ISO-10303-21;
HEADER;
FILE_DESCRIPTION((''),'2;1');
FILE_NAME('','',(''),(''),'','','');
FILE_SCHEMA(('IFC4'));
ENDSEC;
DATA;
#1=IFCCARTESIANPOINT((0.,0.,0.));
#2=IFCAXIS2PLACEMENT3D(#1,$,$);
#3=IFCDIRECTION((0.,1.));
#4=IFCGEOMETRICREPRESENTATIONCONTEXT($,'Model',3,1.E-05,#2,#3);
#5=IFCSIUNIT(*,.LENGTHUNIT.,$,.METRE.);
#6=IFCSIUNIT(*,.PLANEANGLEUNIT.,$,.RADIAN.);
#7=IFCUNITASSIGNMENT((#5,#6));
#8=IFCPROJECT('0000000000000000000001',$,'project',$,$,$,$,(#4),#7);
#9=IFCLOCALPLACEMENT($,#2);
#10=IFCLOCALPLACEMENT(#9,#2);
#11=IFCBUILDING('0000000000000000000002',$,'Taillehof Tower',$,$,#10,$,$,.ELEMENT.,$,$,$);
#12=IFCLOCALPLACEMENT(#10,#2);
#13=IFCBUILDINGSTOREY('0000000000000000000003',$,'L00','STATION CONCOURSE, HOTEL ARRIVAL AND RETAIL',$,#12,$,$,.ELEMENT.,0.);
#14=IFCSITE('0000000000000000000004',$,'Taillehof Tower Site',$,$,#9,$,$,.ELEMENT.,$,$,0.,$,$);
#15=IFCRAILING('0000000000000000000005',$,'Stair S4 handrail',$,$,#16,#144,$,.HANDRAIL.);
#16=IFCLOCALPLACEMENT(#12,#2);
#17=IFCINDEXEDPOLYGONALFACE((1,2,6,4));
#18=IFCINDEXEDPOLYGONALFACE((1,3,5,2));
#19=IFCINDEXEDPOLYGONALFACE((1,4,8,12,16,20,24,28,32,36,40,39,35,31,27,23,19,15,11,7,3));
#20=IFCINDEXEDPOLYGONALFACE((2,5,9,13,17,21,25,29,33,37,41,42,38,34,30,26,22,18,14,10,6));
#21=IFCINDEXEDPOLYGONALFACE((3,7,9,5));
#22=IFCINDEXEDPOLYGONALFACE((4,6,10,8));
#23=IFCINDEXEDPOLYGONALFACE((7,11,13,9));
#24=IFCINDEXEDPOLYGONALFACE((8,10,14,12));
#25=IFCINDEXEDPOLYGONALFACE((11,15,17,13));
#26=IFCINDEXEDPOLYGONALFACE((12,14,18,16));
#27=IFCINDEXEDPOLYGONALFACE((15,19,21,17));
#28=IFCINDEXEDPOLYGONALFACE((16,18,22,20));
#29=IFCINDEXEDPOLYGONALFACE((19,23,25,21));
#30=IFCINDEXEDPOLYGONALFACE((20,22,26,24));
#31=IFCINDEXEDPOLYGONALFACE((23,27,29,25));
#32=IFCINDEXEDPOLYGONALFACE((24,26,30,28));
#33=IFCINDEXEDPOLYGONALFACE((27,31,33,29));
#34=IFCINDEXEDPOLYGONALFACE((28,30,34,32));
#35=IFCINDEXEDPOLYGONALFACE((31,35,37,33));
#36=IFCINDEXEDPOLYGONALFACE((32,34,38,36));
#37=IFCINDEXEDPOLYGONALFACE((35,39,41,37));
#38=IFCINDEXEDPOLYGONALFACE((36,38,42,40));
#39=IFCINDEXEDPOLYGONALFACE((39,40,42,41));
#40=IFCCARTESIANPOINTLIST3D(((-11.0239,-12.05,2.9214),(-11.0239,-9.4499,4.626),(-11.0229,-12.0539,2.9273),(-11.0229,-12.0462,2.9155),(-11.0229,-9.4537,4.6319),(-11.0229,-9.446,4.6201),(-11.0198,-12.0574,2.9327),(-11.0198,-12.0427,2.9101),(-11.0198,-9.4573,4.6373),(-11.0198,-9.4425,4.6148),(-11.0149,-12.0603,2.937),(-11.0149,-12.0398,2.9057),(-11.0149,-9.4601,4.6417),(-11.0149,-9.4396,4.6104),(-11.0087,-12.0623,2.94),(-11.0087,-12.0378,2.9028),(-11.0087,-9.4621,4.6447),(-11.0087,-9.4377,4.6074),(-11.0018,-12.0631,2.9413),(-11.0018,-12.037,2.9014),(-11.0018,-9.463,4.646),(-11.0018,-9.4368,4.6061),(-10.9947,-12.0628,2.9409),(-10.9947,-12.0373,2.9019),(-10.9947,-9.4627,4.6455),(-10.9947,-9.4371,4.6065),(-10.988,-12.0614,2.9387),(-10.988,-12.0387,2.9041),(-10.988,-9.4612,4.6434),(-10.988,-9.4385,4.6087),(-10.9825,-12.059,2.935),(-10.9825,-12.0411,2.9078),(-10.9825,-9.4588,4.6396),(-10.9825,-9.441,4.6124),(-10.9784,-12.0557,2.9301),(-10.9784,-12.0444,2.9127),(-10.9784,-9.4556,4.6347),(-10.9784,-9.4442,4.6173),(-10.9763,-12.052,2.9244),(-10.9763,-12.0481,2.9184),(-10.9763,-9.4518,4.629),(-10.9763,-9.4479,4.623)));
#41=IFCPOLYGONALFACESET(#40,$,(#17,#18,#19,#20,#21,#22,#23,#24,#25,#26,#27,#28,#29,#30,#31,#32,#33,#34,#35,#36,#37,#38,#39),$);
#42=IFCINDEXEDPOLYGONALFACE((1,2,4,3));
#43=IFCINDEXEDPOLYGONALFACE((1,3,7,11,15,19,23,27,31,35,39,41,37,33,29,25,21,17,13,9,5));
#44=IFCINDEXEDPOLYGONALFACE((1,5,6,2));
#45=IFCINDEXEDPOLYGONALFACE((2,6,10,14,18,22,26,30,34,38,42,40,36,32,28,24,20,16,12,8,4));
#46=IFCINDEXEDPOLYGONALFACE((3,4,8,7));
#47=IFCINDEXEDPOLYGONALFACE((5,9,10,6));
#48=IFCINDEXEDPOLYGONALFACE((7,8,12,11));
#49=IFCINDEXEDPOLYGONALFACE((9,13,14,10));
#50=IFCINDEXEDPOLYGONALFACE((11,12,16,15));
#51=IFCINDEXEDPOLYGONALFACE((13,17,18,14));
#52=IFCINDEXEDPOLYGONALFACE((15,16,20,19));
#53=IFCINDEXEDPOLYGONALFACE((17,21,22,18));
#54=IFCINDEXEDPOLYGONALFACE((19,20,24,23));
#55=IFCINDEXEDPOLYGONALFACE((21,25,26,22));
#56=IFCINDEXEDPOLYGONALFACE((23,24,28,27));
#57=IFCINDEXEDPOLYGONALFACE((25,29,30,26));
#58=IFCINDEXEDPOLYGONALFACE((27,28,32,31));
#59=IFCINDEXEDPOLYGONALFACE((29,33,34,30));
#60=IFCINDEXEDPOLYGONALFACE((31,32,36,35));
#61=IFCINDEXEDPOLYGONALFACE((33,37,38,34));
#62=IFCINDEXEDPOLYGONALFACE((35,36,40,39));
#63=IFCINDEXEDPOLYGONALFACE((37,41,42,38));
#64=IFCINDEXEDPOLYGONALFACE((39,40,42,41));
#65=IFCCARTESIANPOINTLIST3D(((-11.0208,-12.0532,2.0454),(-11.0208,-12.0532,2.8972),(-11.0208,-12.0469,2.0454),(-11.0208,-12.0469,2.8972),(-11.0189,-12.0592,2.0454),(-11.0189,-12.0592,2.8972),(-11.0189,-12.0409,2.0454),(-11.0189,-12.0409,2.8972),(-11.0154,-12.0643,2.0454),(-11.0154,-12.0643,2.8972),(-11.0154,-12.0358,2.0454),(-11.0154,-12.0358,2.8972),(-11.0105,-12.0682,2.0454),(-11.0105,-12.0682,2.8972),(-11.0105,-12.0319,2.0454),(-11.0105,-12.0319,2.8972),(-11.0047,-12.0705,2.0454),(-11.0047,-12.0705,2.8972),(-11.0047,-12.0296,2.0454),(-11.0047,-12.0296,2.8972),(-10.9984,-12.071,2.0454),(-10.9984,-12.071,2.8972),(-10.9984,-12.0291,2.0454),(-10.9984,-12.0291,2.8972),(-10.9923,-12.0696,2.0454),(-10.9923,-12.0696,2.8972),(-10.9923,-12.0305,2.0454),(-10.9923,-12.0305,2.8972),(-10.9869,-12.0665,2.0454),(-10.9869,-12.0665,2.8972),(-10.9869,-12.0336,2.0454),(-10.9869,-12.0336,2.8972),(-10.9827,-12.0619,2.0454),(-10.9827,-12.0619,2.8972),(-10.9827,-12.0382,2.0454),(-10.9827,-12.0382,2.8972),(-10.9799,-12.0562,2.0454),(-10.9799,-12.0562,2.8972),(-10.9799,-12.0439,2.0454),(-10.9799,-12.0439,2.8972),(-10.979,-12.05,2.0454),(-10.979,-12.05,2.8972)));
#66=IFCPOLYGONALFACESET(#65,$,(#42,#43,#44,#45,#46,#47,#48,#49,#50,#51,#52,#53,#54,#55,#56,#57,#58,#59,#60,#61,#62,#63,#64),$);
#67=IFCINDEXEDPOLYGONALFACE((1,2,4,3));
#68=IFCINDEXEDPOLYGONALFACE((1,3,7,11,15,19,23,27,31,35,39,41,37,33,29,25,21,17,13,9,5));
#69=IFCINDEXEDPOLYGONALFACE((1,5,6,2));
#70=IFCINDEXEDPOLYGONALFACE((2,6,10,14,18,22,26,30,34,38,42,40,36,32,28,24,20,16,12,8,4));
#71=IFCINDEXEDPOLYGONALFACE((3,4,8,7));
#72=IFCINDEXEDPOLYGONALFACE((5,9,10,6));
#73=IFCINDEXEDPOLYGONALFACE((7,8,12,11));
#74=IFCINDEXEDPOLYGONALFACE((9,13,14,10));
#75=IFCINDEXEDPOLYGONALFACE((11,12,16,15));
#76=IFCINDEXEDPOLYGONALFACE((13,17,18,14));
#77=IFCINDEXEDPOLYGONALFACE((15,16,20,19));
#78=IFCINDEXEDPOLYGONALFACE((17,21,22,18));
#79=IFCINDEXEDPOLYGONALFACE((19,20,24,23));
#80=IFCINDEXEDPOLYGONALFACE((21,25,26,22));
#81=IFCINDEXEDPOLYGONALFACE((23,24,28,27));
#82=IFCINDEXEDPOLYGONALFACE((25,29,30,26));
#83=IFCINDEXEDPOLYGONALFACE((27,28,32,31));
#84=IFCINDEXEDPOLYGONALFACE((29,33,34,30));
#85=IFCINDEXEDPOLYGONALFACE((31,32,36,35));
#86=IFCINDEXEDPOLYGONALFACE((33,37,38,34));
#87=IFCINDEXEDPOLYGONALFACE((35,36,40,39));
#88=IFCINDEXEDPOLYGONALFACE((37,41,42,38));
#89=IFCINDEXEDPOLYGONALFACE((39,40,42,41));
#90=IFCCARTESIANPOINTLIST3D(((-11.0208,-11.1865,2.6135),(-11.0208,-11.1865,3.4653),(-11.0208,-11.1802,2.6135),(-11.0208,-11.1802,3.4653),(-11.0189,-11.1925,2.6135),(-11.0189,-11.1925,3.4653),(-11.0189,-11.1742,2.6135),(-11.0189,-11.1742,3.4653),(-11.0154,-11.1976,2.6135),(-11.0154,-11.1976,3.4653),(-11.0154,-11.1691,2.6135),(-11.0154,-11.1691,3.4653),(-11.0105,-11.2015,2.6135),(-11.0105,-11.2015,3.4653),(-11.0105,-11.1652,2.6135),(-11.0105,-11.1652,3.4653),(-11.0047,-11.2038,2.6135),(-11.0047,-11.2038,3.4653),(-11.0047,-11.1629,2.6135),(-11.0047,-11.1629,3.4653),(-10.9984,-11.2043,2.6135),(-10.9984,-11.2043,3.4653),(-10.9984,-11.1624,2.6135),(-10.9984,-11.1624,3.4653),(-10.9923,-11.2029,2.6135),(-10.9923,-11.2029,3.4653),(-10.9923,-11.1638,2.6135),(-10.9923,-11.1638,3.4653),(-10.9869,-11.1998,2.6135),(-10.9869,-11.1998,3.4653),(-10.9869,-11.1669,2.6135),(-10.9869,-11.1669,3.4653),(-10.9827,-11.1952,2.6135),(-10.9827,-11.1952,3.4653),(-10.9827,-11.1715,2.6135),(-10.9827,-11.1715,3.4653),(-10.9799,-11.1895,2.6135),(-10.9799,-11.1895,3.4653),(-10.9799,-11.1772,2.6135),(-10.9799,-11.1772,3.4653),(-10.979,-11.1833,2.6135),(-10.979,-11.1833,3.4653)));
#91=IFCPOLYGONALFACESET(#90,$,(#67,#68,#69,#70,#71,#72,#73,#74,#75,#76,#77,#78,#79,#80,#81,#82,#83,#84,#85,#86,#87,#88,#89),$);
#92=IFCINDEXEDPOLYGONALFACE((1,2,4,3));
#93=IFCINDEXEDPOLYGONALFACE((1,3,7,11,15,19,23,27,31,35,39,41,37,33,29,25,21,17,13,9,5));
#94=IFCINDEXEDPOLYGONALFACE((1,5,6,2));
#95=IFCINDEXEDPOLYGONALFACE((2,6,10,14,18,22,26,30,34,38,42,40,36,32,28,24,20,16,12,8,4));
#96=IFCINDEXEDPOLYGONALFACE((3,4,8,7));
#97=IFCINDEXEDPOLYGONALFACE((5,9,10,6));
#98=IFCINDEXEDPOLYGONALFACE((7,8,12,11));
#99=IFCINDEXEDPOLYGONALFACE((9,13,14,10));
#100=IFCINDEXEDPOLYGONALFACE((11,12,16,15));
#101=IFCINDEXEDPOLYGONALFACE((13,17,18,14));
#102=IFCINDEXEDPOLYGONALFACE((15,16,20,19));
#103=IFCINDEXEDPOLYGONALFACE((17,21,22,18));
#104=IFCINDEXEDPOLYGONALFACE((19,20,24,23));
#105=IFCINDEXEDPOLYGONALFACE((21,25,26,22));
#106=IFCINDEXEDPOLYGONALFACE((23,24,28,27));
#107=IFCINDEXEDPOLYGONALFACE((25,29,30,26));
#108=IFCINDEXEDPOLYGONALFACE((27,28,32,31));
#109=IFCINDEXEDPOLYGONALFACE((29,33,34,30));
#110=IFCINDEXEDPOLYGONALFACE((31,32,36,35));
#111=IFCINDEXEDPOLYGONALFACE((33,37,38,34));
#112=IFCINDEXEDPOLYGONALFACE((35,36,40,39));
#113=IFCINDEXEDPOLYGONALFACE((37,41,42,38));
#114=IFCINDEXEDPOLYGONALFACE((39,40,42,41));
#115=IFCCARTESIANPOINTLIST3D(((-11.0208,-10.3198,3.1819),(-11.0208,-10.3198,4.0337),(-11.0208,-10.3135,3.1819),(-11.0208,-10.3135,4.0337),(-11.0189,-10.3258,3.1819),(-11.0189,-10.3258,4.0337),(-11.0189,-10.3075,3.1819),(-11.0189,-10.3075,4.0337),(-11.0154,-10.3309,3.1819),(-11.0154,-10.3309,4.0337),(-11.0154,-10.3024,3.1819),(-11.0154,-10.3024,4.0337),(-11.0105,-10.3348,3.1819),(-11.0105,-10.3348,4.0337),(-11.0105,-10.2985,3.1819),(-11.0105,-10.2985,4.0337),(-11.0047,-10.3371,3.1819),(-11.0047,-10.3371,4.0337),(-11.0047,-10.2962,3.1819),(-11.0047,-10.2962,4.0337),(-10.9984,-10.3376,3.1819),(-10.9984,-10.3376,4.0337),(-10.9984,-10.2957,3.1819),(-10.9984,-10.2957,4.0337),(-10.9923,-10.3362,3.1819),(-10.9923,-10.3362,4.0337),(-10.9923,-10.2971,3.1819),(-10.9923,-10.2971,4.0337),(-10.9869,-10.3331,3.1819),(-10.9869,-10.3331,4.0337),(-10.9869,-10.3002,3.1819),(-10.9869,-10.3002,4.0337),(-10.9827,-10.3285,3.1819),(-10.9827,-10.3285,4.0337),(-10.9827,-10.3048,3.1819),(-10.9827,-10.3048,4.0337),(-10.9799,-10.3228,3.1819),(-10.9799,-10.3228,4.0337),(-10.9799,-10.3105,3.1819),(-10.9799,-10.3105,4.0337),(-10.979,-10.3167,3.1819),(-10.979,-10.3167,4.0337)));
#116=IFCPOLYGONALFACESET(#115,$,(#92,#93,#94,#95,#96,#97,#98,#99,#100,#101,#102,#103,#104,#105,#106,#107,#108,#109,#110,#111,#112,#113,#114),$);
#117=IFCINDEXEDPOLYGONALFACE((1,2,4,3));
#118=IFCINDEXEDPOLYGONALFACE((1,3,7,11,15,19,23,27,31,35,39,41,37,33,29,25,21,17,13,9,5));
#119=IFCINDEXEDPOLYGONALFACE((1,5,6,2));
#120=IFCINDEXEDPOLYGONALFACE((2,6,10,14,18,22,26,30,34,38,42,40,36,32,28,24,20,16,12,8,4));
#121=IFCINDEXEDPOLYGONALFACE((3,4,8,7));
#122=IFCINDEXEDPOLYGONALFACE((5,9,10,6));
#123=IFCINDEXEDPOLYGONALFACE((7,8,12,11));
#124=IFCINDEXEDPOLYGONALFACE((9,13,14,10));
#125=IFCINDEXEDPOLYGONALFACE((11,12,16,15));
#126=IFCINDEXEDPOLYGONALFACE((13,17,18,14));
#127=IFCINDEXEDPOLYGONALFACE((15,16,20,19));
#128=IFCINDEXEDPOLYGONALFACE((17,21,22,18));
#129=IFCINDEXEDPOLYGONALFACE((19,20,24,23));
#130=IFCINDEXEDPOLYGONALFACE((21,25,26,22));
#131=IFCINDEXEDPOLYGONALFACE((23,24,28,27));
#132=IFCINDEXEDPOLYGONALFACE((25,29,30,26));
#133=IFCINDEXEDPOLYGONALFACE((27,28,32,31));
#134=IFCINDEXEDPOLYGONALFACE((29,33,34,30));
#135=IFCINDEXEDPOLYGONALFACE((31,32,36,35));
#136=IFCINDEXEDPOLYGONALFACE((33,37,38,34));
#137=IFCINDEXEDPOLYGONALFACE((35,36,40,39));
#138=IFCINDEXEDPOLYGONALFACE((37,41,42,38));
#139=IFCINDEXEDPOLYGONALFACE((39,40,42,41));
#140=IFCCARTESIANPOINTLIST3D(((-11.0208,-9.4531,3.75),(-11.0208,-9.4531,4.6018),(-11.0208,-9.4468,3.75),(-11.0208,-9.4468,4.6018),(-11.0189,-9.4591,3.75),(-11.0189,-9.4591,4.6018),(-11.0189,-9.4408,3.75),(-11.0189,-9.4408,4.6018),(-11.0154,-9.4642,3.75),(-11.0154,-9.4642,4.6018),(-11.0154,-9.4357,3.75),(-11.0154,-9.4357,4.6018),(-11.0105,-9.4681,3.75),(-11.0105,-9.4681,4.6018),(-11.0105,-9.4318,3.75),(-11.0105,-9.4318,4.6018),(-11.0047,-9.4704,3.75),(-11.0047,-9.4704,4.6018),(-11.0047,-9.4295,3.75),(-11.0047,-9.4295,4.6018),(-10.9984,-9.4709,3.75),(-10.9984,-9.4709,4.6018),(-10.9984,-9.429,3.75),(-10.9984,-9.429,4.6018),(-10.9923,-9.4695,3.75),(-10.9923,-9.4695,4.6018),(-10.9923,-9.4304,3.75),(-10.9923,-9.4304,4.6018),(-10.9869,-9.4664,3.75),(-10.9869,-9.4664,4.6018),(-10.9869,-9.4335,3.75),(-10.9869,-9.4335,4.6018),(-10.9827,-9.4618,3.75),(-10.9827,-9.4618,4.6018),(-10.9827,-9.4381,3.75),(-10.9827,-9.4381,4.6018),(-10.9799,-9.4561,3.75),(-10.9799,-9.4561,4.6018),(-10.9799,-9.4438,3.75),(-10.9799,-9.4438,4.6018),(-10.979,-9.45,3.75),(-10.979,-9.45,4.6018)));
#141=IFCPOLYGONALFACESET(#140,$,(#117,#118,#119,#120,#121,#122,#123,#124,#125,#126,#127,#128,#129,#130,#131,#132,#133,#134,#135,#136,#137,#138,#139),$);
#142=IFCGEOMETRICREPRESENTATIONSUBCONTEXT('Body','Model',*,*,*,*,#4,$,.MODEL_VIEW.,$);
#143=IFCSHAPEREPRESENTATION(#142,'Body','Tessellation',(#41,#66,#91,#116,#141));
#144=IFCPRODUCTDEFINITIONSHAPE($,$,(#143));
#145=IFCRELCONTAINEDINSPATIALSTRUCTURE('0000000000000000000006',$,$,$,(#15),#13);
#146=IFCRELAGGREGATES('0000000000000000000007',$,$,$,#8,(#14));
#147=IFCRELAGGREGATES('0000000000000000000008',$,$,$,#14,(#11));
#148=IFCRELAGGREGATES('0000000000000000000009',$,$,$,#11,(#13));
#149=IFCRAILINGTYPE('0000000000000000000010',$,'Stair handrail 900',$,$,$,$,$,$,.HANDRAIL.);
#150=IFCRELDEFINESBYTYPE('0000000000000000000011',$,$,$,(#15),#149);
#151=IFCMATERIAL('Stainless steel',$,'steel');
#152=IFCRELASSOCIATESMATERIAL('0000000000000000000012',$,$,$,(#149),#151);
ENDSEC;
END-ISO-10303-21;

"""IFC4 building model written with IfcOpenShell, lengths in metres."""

from ifc_helpers import new_model, si_unit, direction, frame, origin, origin_2d, place, context, subcontext, project, spatial, circle, extrude, material, type_object, element, save


model = new_model("IFC4")

# Units and contexts
model_context = context("Model", 3, precision=1e-05, world=origin(), true_north=direction((0.0, 1.0)))
body_context = subcontext(model_context, "Body", "Model", "MODEL_VIEW")
ifc_project = project(units=[si_unit("LENGTHUNIT", "METRE"), si_unit("PLANEANGLEUNIT", "RADIAN")], contexts=[model_context])

# Site, building, storey
site_placement = place(None, origin())
site = spatial("IfcSite", under=ifc_project, at=site_placement, Name="Taillehof Tower Site", CompositionType="ELEMENT", RefElevation=0.0)
building_placement = place(site_placement, origin())
building = spatial("IfcBuilding", under=site, at=building_placement, Name="Taillehof Tower", CompositionType="ELEMENT")
storey_placement = place(building_placement, origin())
storey = spatial("IfcBuildingStorey", under=building, at=storey_placement, Name="L00", Description="STATION CONCOURSE, HOTEL ARRIVAL AND RETAIL", CompositionType="ELEMENT", Elevation=0.0)

# Railing
ifc_material_1 = material(Name="Stainless steel", Category="steel")
railing_type_1 = type_object("IfcRailingType", Name="Stair handrail 900", PredefinedType="HANDRAIL", material=ifc_material_1)
for number, where, name in (
    (1, (-11.0, -12.05, 2.0454), "Stair S4 handrail"),
):
    element("IfcRailing", number, at=place(storey_placement, frame(where)), inside=storey, type_object=railing_type_1, Name=name, PredefinedType="HANDRAIL", context=body_context, shape_type="SweptSolid", body=[
        extrude(circle(Radius=0.0239, at=origin_2d()), frame((0.0, 0.0, 0.876), z_axis=(0.0, 0.836302, 0.548269), x_axis=(-1.0, 0.0, 0.0)), (0.0, 0.0, 1.0), 3.1091),
        extrude(circle(Radius=0.021, at=origin_2d()), origin(), (0.0, 0.0, 1.0), 0.8518),
        extrude(circle(Radius=0.021, at=origin_2d()), frame((0.0, 0.8667, 0.5681)), (0.0, 0.0, 1.0), 0.8518),
        extrude(circle(Radius=0.021, at=origin_2d()), frame((0.0, 1.7334, 1.1365)), (0.0, 0.0, 1.0), 0.8518),
        extrude(circle(Radius=0.021, at=origin_2d()), frame((0.0, 2.6001, 1.7046)), (0.0, 0.0, 1.0), 0.8518),
    ])

save(model, "model.ifc")
